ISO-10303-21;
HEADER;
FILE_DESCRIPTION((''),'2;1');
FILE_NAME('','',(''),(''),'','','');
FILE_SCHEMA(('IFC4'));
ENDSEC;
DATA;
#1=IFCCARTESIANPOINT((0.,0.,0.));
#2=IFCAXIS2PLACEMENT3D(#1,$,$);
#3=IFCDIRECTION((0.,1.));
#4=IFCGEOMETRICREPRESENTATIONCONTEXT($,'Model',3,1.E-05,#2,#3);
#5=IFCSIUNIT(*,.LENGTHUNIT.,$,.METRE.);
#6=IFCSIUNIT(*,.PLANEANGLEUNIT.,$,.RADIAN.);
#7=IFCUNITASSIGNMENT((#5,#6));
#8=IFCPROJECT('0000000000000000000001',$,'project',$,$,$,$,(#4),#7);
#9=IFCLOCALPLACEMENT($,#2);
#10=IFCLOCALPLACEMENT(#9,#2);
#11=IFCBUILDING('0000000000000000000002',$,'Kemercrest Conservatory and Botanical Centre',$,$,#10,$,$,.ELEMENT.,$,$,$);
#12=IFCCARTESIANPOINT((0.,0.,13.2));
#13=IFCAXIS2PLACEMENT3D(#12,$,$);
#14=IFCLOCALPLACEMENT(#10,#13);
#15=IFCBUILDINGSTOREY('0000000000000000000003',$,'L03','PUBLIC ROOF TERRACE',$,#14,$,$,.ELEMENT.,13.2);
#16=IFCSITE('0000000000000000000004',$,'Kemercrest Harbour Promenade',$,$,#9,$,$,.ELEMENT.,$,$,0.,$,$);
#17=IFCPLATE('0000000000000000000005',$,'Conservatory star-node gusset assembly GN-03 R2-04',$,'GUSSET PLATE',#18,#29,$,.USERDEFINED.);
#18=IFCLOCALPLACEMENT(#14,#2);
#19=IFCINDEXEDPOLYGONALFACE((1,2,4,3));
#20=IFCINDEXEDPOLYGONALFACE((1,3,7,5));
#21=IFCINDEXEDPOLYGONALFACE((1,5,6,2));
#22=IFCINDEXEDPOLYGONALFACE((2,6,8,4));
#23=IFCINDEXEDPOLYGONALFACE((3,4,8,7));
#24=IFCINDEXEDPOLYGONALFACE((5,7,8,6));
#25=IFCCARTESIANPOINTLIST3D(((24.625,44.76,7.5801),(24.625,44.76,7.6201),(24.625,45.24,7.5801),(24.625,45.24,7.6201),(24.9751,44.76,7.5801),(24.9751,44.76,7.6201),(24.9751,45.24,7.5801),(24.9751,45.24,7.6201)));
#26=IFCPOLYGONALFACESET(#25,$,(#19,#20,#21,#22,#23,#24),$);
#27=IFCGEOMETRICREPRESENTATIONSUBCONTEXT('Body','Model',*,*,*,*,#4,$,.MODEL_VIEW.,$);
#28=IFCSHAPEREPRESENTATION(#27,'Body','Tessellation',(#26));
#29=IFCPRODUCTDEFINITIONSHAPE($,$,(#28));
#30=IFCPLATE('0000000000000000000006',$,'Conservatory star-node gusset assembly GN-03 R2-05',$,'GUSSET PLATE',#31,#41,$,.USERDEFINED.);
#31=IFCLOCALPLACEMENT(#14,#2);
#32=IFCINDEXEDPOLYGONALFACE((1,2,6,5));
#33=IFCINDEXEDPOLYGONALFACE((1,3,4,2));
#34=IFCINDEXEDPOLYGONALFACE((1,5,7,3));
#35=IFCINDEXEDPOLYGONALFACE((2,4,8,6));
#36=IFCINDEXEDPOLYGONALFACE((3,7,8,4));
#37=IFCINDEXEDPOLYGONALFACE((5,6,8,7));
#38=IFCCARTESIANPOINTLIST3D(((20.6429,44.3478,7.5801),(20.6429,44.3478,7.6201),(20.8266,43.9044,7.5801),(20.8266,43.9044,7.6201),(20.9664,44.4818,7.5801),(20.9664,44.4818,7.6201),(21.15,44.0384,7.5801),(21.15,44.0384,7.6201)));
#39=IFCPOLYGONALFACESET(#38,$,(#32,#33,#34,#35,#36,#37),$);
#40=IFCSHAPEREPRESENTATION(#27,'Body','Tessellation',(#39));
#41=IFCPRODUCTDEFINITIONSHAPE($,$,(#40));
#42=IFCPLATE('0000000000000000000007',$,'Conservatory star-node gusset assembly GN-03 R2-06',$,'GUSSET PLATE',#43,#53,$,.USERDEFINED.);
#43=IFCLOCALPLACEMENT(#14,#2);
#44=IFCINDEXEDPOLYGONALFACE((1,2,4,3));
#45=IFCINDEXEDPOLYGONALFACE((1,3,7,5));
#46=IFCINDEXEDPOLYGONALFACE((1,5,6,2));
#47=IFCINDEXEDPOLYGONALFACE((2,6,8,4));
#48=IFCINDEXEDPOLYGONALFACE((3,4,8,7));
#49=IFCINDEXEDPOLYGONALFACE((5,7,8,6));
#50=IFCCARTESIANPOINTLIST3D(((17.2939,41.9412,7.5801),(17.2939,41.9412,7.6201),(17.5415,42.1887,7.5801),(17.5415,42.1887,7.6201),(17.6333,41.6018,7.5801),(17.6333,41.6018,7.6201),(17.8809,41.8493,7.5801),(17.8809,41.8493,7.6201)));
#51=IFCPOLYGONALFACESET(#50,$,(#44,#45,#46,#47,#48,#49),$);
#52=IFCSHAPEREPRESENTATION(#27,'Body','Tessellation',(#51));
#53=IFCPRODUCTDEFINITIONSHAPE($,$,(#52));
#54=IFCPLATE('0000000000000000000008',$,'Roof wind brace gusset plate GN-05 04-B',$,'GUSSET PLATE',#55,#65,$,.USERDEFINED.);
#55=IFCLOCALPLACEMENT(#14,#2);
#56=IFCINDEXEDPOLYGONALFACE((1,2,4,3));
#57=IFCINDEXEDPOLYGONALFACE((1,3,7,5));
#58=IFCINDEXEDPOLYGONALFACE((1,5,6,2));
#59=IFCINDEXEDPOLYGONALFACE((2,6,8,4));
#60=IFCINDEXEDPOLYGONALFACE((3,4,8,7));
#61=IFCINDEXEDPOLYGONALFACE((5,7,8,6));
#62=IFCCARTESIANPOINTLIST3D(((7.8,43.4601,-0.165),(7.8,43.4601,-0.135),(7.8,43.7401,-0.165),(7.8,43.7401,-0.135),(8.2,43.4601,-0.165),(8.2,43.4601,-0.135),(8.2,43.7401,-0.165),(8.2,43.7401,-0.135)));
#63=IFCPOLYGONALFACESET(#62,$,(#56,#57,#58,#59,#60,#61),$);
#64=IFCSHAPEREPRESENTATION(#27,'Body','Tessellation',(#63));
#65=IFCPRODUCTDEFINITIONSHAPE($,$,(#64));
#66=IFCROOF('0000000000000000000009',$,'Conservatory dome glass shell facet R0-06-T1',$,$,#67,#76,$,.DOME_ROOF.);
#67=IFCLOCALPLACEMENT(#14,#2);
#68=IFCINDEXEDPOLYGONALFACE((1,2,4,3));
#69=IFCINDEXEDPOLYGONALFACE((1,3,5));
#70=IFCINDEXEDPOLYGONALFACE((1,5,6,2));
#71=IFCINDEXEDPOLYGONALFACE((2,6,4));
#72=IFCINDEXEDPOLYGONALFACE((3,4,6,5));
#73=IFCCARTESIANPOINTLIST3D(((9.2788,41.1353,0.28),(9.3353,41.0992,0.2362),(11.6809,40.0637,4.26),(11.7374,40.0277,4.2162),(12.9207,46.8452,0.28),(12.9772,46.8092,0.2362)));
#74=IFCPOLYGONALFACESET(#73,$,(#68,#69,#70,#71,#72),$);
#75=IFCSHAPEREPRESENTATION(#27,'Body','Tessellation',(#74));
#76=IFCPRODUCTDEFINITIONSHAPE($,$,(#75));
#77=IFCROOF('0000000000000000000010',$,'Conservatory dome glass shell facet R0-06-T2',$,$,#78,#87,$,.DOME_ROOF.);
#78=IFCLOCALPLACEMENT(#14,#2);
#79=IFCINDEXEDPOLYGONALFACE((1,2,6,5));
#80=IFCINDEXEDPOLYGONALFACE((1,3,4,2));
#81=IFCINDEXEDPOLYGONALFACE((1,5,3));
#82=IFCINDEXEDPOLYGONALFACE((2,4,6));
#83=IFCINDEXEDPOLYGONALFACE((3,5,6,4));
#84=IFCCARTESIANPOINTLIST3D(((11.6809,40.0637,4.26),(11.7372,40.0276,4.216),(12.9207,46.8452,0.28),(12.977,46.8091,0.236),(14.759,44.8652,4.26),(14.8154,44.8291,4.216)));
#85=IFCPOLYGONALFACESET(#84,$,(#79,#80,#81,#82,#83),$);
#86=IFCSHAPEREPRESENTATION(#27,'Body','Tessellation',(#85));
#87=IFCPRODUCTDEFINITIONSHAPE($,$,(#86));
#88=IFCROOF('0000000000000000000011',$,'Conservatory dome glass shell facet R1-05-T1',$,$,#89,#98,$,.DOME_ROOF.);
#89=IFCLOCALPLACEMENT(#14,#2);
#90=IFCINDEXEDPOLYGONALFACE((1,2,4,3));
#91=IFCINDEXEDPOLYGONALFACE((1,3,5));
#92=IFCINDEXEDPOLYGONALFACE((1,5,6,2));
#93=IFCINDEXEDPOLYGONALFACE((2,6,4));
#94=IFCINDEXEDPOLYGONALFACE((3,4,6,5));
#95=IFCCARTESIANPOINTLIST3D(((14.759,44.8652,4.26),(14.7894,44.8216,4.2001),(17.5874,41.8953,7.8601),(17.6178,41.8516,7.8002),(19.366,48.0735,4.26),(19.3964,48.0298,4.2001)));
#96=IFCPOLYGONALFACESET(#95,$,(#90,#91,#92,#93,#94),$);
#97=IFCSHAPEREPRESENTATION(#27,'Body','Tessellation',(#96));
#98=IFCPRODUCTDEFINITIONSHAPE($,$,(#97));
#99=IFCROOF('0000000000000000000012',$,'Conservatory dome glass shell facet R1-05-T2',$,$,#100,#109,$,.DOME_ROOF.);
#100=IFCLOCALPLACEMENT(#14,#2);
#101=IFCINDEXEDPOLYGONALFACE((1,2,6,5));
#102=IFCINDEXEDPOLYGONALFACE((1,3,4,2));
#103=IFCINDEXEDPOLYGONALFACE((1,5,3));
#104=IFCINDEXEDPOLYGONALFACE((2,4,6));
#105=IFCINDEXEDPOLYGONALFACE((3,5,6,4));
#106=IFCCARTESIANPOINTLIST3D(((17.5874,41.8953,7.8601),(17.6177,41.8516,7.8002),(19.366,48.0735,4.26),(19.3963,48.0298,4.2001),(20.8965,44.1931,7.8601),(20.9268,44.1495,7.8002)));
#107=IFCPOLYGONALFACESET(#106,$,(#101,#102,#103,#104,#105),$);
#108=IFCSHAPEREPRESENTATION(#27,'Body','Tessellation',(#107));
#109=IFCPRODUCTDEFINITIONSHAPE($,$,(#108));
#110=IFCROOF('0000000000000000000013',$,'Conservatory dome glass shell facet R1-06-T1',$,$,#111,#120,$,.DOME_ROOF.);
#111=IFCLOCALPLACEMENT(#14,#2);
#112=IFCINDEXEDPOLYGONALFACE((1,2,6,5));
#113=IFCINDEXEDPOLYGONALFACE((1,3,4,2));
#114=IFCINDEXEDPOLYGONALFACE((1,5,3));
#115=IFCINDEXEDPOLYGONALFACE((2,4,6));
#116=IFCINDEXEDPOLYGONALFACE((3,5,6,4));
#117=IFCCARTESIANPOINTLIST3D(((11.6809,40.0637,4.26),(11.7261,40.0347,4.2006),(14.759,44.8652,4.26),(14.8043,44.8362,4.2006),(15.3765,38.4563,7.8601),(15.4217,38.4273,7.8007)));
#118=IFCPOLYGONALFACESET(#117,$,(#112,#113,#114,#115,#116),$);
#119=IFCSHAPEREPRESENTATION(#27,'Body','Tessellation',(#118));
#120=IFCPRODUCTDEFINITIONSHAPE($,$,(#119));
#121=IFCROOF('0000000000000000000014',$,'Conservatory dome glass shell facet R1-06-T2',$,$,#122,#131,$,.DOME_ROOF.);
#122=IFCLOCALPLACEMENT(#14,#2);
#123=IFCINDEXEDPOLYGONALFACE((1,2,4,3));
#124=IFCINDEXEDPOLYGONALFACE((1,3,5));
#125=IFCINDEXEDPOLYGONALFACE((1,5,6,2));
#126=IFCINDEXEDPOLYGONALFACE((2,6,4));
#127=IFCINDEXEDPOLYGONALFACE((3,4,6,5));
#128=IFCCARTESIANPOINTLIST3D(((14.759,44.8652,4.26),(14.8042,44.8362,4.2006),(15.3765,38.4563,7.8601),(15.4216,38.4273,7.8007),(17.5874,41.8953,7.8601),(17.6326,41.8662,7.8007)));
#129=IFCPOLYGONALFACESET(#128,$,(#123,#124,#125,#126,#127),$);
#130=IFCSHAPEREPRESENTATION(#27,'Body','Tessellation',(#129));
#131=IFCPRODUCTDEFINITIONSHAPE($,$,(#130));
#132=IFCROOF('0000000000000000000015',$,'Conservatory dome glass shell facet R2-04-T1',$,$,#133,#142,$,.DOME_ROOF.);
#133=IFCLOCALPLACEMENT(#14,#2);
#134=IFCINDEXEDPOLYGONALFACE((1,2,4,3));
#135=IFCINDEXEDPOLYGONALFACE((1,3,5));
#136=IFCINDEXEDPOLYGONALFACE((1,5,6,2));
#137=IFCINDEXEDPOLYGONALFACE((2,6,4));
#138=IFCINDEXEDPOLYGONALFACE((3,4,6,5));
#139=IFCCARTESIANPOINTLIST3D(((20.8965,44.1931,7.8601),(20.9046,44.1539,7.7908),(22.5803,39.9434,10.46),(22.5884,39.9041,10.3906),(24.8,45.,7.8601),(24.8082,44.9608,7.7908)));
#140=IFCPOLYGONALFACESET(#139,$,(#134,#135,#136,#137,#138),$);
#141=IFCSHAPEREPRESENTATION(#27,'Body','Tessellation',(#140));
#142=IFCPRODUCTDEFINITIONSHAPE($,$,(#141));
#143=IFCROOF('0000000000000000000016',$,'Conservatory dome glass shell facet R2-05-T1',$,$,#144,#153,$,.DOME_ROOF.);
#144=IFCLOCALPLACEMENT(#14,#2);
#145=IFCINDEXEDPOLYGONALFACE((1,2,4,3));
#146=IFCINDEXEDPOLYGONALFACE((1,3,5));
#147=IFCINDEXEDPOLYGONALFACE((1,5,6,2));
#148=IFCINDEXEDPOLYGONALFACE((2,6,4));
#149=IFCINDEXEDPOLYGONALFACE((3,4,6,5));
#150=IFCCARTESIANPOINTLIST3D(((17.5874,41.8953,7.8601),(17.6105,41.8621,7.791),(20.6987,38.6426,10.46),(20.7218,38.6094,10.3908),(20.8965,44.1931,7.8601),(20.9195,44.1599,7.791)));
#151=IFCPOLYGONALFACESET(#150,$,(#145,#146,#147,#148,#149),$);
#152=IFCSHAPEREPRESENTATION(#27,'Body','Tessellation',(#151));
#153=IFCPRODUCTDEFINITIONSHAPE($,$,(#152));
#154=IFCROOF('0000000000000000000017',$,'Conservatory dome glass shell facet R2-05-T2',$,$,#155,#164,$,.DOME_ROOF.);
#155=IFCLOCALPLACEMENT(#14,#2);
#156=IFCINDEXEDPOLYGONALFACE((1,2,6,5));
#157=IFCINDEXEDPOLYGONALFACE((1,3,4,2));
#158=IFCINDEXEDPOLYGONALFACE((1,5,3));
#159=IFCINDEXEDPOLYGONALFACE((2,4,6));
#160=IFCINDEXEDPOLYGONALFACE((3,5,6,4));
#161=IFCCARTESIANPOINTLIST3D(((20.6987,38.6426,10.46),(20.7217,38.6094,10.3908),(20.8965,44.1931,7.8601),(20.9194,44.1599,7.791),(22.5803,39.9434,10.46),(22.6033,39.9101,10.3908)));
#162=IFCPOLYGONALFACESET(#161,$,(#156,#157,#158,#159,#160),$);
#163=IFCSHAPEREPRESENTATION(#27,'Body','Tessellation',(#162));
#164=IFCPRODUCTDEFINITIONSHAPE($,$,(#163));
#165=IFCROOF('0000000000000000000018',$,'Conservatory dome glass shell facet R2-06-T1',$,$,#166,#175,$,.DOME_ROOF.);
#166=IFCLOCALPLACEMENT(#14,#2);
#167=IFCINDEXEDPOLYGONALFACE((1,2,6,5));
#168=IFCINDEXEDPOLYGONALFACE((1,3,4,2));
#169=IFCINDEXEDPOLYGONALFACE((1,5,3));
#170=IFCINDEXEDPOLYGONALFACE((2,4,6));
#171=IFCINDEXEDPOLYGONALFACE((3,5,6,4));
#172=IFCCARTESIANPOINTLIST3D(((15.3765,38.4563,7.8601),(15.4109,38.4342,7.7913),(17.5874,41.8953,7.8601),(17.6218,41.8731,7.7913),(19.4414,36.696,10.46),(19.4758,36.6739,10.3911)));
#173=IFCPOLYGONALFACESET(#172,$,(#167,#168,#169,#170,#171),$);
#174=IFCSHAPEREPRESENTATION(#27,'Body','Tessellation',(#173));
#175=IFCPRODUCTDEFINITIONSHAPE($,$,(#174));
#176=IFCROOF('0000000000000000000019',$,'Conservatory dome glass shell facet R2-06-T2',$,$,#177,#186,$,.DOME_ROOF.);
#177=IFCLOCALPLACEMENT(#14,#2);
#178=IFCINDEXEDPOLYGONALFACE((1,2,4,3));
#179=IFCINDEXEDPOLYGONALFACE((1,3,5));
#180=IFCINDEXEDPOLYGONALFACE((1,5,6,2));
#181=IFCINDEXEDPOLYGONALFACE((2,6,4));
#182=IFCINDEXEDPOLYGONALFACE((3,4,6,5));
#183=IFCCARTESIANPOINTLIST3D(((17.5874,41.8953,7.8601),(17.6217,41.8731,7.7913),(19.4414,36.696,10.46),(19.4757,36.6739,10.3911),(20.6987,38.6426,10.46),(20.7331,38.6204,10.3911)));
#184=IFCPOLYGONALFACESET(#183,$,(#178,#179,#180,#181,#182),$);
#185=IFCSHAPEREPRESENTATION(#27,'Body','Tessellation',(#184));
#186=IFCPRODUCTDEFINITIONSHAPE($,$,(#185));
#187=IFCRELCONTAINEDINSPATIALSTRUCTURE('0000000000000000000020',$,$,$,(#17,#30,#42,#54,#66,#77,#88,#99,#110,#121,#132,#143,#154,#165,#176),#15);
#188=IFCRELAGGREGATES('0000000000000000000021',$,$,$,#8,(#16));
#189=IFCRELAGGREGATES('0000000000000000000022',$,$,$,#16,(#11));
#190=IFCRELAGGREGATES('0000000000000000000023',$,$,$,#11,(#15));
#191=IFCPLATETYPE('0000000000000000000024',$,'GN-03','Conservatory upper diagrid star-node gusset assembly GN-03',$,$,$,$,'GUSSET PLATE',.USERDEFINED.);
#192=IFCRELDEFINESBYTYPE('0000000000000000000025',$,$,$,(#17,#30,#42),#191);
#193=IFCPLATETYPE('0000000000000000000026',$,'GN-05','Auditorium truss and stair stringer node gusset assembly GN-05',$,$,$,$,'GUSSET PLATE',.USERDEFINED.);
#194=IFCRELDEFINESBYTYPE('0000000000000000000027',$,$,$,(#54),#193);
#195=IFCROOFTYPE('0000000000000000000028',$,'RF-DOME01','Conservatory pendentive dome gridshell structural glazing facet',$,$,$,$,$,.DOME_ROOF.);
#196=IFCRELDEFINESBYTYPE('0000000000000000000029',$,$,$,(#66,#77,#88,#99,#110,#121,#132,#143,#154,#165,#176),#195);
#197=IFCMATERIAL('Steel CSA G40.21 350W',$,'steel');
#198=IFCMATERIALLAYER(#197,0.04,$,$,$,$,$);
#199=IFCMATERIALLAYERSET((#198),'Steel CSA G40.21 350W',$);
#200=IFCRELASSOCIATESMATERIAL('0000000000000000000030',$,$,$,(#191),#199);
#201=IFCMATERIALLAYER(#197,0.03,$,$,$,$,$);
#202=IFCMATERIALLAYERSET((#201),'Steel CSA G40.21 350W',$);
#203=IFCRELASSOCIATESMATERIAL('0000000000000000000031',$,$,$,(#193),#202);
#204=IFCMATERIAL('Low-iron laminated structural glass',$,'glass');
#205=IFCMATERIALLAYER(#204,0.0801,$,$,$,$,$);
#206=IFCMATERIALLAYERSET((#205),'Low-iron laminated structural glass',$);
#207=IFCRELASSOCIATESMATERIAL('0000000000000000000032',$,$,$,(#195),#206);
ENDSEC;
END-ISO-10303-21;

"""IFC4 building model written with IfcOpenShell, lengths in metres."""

from ifc_helpers import new_model, si_unit, direction, frame, origin, origin_2d, place, context, subcontext, project, spatial, polyline, rectangle, outline, extrude, material, layer, layer_set, type_object, element, save


model = new_model("IFC4")

# Units and contexts
model_context = context("Model", 3, precision=1e-05, world=origin(), true_north=direction((0.0, 1.0)))
body_context = subcontext(model_context, "Body", "Model", "MODEL_VIEW")
ifc_project = project(units=[si_unit("LENGTHUNIT", "METRE"), si_unit("PLANEANGLEUNIT", "RADIAN")], contexts=[model_context])

# Site, building, storey
site_placement = place(None, origin())
site = spatial("IfcSite", under=ifc_project, at=site_placement, Name="Kemercrest Harbour Promenade", CompositionType="ELEMENT", RefElevation=0.0)
building_placement = place(site_placement, origin())
building = spatial("IfcBuilding", under=site, at=building_placement, Name="Kemercrest Conservatory and Botanical Centre", CompositionType="ELEMENT")
storey_placement = place(building_placement, frame((0.0, 0.0, 13.2)))
storey = spatial("IfcBuildingStorey", under=building, at=storey_placement, Name="L03", Description="PUBLIC ROOF TERRACE", CompositionType="ELEMENT", Elevation=13.2)

# Shared definitions
ifc_material_1 = material(Name="Steel CSA G40.21 350W", Category="steel")

# Plates
ifc_layer_1 = layer(ifc_material_1, 0.04)
ifc_layer_set_1 = layer_set([ifc_layer_1], Name="Steel CSA G40.21 350W")
plate_type_1 = type_object("IfcPlateType", Name="GN-03", Description="Conservatory upper diagrid star-node gusset assembly GN-03", ElementType="GUSSET PLATE", PredefinedType="USERDEFINED", material=ifc_layer_set_1)
for number, where, z_axis, x_axis, name in (
    (1, (24.8, 45.0, 7.5801), (0.0, 0.0, 1.0), (0.0, 1.0, 0.0), "Conservatory star-node gusset assembly GN-03 R2-04"),
    (2, (20.8965, 44.1931, 7.5801), (0.0, 0.0, 1.0), (-0.382683, 0.92388, 0.0), "Conservatory star-node gusset assembly GN-03 R2-05"),
    (3, (17.5874, 41.8953, 7.5801), (0.0, 0.0, 1.0), (-0.707107, 0.707107, 0.0), "Conservatory star-node gusset assembly GN-03 R2-06"),
):
    element("IfcPlate", number, at=place(storey_placement, frame(where, z_axis=z_axis, x_axis=x_axis)), inside=storey, type_object=plate_type_1, Name=name, ObjectType="GUSSET PLATE", PredefinedType="USERDEFINED", context=body_context, shape_type="SweptSolid", body=[
        extrude(rectangle(XDim=0.48, YDim=0.3501, at=origin_2d()), origin(), (0.0, 0.0, 1.0), 0.04),
    ])
ifc_layer_2 = layer(ifc_material_1, 0.03)
ifc_layer_set_2 = layer_set([ifc_layer_2], Name="Steel CSA G40.21 350W")
plate_type_2 = type_object("IfcPlateType", Name="GN-05", Description="Auditorium truss and stair stringer node gusset assembly GN-05", ElementType="GUSSET PLATE", PredefinedType="USERDEFINED", material=ifc_layer_set_2)
plate_1_placement = place(storey_placement, frame((8.0, 43.6001, -0.165), z_axis=(0.0, 0.0, 1.0), x_axis=(1.0, 0.0, 0.0)))
element("IfcPlate", 4, at=plate_1_placement, inside=storey, type_object=plate_type_2, Name="Roof wind brace gusset plate GN-05 04-B", ObjectType="GUSSET PLATE", PredefinedType="USERDEFINED", context=body_context, shape_type="SweptSolid", body=[
    extrude(rectangle(XDim=0.3999, YDim=0.28, at=origin_2d()), origin(), (0.0, 0.0, 1.0), 0.03),
])

# Roofs
ifc_material_2 = material(Name="Low-iron laminated structural glass", Category="glass")
ifc_layer_3 = layer(ifc_material_2, 0.0801)
ifc_layer_set_3 = layer_set([ifc_layer_3], Name="Low-iron laminated structural glass")
roof_type = type_object("IfcRoofType", Name="RF-DOME01", Description="Conservatory pendentive dome gridshell structural glazing facet", PredefinedType="DOME_ROOF", material=ifc_layer_set_3)
roof_1_placement = place(storey_placement, frame((12.9207, 46.8452, 0.28), z_axis=(-0.705727, 0.450117, 0.547124), x_axis=(-0.537741, -0.84311, 0.0)))
element("IfcRoof", 5, at=roof_1_placement, inside=storey, type_object=roof_type, Name="Conservatory dome glass shell facet R0-06-T1", PredefinedType="DOME_ROOF", context=body_context, shape_type="SweptSolid", body=[
    extrude(outline(polyline([(0.0, 0.0), (6.7725, 0.0), (6.3842, 4.7548), (0.0, 0.0)])), origin(), (0.0, 0.0, -1.0), 0.0801),
])
roof_2_placement = place(storey_placement, frame((12.9207, 46.8452, 0.28), z_axis=(-0.70348, 0.450983, 0.549299), x_axis=(-0.155742, -0.851918, 0.499981)))
element("IfcRoof", 6, at=roof_2_placement, inside=storey, type_object=roof_type, Name="Conservatory dome glass shell facet R0-06-T2", PredefinedType="DOME_ROOF", context=body_context, shape_type="SweptSolid", body=[
    extrude(outline(polyline([(0.0, 0.0), (7.9603, 0.0), (3.3904, 3.4126), (0.0, 0.0)])), origin(), (0.0, 0.0, -1.0), 0.0801),
])
roof_3_placement = place(storey_placement, frame((19.366, 48.0735, 4.26), z_axis=(-0.379487, 0.54493, 0.74769), x_axis=(-0.820619, -0.571476, 0.0)))
element("IfcRoof", 7, at=roof_3_placement, inside=storey, type_object=roof_type, Name="Conservatory dome glass shell facet R1-05-T1", PredefinedType="DOME_ROOF", context=body_context, shape_type="SweptSolid", body=[
    extrude(outline(polyline([(0.0, 0.0), (5.614, 0.0), (4.9902, 5.4214), (0.0, 0.0)])), origin(), (0.0, 0.0, -1.0), 0.0801),
])
roof_4_placement = place(storey_placement, frame((19.366, 48.0735, 4.26), z_axis=(-0.378408, 0.544936, 0.748233), x_axis=(-0.241375, -0.838467, 0.488581)))
element("IfcRoof", 8, at=roof_4_placement, inside=storey, type_object=roof_type, Name="Conservatory dome glass shell facet R1-05-T2", PredefinedType="DOME_ROOF", context=body_context, shape_type="SweptSolid", body=[
    extrude(outline(polyline([(0.0, 0.0), (7.3685, 0.0), (4.6431, 2.9669), (0.0, 0.0)])), origin(), (0.0, 0.0, -1.0), 0.0801),
])
roof_5_placement = place(storey_placement, frame((14.759, 44.8652, 4.26), z_axis=(-0.564846, 0.362108, 0.741503), x_axis=(-0.539695, -0.841861, 0.0)))
element("IfcRoof", 9, at=roof_5_placement, inside=storey, type_object=roof_type, Name="Conservatory dome glass shell facet R1-06-T1", PredefinedType="DOME_ROOF", context=body_context, shape_type="SweptSolid", body=[
    extrude(outline(polyline([(0.0, 0.0), (5.7035, 0.0), (5.0622, 5.3657), (0.0, 0.0)])), origin(), (0.0, 0.0, -1.0), 0.0801),
])
roof_6_placement = place(storey_placement, frame((14.759, 44.8652, 4.26), z_axis=(-0.563863, 0.362512, 0.742053), x_axis=(0.0837, -0.868803, 0.488033)))
element("IfcRoof", 10, at=roof_6_placement, inside=storey, type_object=roof_type, Name="Conservatory dome glass shell facet R1-06-T2", PredefinedType="DOME_ROOF", context=body_context, shape_type="SweptSolid", body=[
    extrude(outline(polyline([(0.0, 0.0), (7.3767, 0.0), (4.574, 2.9765), (0.0, 0.0)])), origin(), (0.0, 0.0, -1.0), 0.0801),
])
roof_7_placement = place(storey_placement, frame((24.8, 45.0, 7.8601), z_axis=(-0.10122, 0.489686, 0.866004), x_axis=(-0.979298, -0.202425, 0.0)))
element("IfcRoof", 11, at=roof_7_placement, inside=storey, type_object=roof_type, Name="Conservatory dome glass shell facet R2-04-T1", PredefinedType="DOME_ROOF", context=body_context, shape_type="SweptSolid", body=[
    extrude(outline(polyline([(0.0, 0.0), (3.9861, 0.0), (3.1974, 5.1993), (0.0, 0.0)])), origin(), (0.0, 0.0, -1.0), 0.0801),
])
roof_8_placement = place(storey_placement, frame((20.8965, 44.1931, 7.8601), z_axis=(-0.287905, 0.414605, 0.863258), x_axis=(-0.821384, -0.570375, 0.0)))
element("IfcRoof", 12, at=roof_8_placement, inside=storey, type_object=roof_type, Name="Conservatory dome glass shell facet R2-05-T1", PredefinedType="DOME_ROOF", context=body_context, shape_type="SweptSolid", body=[
    extrude(outline(polyline([(0.0, 0.0), (4.0287, 0.0), (3.3283, 5.1506), (0.0, 0.0)])), origin(), (0.0, 0.0, -1.0), 0.0801),
])
roof_9_placement = place(storey_placement, frame((20.8965, 44.1931, 7.8601), z_axis=(-0.286706, 0.414722, 0.8636), x_axis=(-0.032247, -0.905111, 0.423951)))
element("IfcRoof", 13, at=roof_9_placement, inside=storey, type_object=roof_type, Name="Conservatory dome glass shell facet R2-05-T2", PredefinedType="DOME_ROOF", context=body_context, shape_type="SweptSolid", body=[
    extrude(outline(polyline([(0.0, 0.0), (6.1324, 0.0), (4.8944, 1.9235), (0.0, 0.0)])), origin(), (0.0, 0.0, -1.0), 0.0801),
])
roof_10_placement = place(storey_placement, frame((17.5874, 41.8953, 7.8601), z_axis=(-0.42999, 0.276444, 0.859469), x_axis=(-0.540788, -0.841159, 0.0)))
element("IfcRoof", 14, at=roof_10_placement, inside=storey, type_object=roof_type, Name="Conservatory dome glass shell facet R2-06-T1", PredefinedType="DOME_ROOF", context=body_context, shape_type="SweptSolid", body=[
    extrude(outline(polyline([(0.0, 0.0), (4.0884, 0.0), (3.3707, 5.0859), (0.0, 0.0)])), origin(), (0.0, 0.0, -1.0), 0.0801),
])
roof_11_placement = place(storey_placement, frame((17.5874, 41.8953, 7.8601), z_axis=(-0.428877, 0.277025, 0.859838), x_axis=(0.30386, -0.85212, 0.4261)))
element("IfcRoof", 15, at=roof_11_placement, inside=storey, type_object=roof_type, Name="Conservatory dome glass shell facet R2-06-T2", PredefinedType="DOME_ROOF", context=body_context, shape_type="SweptSolid", body=[
    extrude(outline(polyline([(0.0, 0.0), (6.1015, 0.0), (4.8249, 1.9339), (0.0, 0.0)])), origin(), (0.0, 0.0, -1.0), 0.0801),
])

save(model, "model.ifc")
